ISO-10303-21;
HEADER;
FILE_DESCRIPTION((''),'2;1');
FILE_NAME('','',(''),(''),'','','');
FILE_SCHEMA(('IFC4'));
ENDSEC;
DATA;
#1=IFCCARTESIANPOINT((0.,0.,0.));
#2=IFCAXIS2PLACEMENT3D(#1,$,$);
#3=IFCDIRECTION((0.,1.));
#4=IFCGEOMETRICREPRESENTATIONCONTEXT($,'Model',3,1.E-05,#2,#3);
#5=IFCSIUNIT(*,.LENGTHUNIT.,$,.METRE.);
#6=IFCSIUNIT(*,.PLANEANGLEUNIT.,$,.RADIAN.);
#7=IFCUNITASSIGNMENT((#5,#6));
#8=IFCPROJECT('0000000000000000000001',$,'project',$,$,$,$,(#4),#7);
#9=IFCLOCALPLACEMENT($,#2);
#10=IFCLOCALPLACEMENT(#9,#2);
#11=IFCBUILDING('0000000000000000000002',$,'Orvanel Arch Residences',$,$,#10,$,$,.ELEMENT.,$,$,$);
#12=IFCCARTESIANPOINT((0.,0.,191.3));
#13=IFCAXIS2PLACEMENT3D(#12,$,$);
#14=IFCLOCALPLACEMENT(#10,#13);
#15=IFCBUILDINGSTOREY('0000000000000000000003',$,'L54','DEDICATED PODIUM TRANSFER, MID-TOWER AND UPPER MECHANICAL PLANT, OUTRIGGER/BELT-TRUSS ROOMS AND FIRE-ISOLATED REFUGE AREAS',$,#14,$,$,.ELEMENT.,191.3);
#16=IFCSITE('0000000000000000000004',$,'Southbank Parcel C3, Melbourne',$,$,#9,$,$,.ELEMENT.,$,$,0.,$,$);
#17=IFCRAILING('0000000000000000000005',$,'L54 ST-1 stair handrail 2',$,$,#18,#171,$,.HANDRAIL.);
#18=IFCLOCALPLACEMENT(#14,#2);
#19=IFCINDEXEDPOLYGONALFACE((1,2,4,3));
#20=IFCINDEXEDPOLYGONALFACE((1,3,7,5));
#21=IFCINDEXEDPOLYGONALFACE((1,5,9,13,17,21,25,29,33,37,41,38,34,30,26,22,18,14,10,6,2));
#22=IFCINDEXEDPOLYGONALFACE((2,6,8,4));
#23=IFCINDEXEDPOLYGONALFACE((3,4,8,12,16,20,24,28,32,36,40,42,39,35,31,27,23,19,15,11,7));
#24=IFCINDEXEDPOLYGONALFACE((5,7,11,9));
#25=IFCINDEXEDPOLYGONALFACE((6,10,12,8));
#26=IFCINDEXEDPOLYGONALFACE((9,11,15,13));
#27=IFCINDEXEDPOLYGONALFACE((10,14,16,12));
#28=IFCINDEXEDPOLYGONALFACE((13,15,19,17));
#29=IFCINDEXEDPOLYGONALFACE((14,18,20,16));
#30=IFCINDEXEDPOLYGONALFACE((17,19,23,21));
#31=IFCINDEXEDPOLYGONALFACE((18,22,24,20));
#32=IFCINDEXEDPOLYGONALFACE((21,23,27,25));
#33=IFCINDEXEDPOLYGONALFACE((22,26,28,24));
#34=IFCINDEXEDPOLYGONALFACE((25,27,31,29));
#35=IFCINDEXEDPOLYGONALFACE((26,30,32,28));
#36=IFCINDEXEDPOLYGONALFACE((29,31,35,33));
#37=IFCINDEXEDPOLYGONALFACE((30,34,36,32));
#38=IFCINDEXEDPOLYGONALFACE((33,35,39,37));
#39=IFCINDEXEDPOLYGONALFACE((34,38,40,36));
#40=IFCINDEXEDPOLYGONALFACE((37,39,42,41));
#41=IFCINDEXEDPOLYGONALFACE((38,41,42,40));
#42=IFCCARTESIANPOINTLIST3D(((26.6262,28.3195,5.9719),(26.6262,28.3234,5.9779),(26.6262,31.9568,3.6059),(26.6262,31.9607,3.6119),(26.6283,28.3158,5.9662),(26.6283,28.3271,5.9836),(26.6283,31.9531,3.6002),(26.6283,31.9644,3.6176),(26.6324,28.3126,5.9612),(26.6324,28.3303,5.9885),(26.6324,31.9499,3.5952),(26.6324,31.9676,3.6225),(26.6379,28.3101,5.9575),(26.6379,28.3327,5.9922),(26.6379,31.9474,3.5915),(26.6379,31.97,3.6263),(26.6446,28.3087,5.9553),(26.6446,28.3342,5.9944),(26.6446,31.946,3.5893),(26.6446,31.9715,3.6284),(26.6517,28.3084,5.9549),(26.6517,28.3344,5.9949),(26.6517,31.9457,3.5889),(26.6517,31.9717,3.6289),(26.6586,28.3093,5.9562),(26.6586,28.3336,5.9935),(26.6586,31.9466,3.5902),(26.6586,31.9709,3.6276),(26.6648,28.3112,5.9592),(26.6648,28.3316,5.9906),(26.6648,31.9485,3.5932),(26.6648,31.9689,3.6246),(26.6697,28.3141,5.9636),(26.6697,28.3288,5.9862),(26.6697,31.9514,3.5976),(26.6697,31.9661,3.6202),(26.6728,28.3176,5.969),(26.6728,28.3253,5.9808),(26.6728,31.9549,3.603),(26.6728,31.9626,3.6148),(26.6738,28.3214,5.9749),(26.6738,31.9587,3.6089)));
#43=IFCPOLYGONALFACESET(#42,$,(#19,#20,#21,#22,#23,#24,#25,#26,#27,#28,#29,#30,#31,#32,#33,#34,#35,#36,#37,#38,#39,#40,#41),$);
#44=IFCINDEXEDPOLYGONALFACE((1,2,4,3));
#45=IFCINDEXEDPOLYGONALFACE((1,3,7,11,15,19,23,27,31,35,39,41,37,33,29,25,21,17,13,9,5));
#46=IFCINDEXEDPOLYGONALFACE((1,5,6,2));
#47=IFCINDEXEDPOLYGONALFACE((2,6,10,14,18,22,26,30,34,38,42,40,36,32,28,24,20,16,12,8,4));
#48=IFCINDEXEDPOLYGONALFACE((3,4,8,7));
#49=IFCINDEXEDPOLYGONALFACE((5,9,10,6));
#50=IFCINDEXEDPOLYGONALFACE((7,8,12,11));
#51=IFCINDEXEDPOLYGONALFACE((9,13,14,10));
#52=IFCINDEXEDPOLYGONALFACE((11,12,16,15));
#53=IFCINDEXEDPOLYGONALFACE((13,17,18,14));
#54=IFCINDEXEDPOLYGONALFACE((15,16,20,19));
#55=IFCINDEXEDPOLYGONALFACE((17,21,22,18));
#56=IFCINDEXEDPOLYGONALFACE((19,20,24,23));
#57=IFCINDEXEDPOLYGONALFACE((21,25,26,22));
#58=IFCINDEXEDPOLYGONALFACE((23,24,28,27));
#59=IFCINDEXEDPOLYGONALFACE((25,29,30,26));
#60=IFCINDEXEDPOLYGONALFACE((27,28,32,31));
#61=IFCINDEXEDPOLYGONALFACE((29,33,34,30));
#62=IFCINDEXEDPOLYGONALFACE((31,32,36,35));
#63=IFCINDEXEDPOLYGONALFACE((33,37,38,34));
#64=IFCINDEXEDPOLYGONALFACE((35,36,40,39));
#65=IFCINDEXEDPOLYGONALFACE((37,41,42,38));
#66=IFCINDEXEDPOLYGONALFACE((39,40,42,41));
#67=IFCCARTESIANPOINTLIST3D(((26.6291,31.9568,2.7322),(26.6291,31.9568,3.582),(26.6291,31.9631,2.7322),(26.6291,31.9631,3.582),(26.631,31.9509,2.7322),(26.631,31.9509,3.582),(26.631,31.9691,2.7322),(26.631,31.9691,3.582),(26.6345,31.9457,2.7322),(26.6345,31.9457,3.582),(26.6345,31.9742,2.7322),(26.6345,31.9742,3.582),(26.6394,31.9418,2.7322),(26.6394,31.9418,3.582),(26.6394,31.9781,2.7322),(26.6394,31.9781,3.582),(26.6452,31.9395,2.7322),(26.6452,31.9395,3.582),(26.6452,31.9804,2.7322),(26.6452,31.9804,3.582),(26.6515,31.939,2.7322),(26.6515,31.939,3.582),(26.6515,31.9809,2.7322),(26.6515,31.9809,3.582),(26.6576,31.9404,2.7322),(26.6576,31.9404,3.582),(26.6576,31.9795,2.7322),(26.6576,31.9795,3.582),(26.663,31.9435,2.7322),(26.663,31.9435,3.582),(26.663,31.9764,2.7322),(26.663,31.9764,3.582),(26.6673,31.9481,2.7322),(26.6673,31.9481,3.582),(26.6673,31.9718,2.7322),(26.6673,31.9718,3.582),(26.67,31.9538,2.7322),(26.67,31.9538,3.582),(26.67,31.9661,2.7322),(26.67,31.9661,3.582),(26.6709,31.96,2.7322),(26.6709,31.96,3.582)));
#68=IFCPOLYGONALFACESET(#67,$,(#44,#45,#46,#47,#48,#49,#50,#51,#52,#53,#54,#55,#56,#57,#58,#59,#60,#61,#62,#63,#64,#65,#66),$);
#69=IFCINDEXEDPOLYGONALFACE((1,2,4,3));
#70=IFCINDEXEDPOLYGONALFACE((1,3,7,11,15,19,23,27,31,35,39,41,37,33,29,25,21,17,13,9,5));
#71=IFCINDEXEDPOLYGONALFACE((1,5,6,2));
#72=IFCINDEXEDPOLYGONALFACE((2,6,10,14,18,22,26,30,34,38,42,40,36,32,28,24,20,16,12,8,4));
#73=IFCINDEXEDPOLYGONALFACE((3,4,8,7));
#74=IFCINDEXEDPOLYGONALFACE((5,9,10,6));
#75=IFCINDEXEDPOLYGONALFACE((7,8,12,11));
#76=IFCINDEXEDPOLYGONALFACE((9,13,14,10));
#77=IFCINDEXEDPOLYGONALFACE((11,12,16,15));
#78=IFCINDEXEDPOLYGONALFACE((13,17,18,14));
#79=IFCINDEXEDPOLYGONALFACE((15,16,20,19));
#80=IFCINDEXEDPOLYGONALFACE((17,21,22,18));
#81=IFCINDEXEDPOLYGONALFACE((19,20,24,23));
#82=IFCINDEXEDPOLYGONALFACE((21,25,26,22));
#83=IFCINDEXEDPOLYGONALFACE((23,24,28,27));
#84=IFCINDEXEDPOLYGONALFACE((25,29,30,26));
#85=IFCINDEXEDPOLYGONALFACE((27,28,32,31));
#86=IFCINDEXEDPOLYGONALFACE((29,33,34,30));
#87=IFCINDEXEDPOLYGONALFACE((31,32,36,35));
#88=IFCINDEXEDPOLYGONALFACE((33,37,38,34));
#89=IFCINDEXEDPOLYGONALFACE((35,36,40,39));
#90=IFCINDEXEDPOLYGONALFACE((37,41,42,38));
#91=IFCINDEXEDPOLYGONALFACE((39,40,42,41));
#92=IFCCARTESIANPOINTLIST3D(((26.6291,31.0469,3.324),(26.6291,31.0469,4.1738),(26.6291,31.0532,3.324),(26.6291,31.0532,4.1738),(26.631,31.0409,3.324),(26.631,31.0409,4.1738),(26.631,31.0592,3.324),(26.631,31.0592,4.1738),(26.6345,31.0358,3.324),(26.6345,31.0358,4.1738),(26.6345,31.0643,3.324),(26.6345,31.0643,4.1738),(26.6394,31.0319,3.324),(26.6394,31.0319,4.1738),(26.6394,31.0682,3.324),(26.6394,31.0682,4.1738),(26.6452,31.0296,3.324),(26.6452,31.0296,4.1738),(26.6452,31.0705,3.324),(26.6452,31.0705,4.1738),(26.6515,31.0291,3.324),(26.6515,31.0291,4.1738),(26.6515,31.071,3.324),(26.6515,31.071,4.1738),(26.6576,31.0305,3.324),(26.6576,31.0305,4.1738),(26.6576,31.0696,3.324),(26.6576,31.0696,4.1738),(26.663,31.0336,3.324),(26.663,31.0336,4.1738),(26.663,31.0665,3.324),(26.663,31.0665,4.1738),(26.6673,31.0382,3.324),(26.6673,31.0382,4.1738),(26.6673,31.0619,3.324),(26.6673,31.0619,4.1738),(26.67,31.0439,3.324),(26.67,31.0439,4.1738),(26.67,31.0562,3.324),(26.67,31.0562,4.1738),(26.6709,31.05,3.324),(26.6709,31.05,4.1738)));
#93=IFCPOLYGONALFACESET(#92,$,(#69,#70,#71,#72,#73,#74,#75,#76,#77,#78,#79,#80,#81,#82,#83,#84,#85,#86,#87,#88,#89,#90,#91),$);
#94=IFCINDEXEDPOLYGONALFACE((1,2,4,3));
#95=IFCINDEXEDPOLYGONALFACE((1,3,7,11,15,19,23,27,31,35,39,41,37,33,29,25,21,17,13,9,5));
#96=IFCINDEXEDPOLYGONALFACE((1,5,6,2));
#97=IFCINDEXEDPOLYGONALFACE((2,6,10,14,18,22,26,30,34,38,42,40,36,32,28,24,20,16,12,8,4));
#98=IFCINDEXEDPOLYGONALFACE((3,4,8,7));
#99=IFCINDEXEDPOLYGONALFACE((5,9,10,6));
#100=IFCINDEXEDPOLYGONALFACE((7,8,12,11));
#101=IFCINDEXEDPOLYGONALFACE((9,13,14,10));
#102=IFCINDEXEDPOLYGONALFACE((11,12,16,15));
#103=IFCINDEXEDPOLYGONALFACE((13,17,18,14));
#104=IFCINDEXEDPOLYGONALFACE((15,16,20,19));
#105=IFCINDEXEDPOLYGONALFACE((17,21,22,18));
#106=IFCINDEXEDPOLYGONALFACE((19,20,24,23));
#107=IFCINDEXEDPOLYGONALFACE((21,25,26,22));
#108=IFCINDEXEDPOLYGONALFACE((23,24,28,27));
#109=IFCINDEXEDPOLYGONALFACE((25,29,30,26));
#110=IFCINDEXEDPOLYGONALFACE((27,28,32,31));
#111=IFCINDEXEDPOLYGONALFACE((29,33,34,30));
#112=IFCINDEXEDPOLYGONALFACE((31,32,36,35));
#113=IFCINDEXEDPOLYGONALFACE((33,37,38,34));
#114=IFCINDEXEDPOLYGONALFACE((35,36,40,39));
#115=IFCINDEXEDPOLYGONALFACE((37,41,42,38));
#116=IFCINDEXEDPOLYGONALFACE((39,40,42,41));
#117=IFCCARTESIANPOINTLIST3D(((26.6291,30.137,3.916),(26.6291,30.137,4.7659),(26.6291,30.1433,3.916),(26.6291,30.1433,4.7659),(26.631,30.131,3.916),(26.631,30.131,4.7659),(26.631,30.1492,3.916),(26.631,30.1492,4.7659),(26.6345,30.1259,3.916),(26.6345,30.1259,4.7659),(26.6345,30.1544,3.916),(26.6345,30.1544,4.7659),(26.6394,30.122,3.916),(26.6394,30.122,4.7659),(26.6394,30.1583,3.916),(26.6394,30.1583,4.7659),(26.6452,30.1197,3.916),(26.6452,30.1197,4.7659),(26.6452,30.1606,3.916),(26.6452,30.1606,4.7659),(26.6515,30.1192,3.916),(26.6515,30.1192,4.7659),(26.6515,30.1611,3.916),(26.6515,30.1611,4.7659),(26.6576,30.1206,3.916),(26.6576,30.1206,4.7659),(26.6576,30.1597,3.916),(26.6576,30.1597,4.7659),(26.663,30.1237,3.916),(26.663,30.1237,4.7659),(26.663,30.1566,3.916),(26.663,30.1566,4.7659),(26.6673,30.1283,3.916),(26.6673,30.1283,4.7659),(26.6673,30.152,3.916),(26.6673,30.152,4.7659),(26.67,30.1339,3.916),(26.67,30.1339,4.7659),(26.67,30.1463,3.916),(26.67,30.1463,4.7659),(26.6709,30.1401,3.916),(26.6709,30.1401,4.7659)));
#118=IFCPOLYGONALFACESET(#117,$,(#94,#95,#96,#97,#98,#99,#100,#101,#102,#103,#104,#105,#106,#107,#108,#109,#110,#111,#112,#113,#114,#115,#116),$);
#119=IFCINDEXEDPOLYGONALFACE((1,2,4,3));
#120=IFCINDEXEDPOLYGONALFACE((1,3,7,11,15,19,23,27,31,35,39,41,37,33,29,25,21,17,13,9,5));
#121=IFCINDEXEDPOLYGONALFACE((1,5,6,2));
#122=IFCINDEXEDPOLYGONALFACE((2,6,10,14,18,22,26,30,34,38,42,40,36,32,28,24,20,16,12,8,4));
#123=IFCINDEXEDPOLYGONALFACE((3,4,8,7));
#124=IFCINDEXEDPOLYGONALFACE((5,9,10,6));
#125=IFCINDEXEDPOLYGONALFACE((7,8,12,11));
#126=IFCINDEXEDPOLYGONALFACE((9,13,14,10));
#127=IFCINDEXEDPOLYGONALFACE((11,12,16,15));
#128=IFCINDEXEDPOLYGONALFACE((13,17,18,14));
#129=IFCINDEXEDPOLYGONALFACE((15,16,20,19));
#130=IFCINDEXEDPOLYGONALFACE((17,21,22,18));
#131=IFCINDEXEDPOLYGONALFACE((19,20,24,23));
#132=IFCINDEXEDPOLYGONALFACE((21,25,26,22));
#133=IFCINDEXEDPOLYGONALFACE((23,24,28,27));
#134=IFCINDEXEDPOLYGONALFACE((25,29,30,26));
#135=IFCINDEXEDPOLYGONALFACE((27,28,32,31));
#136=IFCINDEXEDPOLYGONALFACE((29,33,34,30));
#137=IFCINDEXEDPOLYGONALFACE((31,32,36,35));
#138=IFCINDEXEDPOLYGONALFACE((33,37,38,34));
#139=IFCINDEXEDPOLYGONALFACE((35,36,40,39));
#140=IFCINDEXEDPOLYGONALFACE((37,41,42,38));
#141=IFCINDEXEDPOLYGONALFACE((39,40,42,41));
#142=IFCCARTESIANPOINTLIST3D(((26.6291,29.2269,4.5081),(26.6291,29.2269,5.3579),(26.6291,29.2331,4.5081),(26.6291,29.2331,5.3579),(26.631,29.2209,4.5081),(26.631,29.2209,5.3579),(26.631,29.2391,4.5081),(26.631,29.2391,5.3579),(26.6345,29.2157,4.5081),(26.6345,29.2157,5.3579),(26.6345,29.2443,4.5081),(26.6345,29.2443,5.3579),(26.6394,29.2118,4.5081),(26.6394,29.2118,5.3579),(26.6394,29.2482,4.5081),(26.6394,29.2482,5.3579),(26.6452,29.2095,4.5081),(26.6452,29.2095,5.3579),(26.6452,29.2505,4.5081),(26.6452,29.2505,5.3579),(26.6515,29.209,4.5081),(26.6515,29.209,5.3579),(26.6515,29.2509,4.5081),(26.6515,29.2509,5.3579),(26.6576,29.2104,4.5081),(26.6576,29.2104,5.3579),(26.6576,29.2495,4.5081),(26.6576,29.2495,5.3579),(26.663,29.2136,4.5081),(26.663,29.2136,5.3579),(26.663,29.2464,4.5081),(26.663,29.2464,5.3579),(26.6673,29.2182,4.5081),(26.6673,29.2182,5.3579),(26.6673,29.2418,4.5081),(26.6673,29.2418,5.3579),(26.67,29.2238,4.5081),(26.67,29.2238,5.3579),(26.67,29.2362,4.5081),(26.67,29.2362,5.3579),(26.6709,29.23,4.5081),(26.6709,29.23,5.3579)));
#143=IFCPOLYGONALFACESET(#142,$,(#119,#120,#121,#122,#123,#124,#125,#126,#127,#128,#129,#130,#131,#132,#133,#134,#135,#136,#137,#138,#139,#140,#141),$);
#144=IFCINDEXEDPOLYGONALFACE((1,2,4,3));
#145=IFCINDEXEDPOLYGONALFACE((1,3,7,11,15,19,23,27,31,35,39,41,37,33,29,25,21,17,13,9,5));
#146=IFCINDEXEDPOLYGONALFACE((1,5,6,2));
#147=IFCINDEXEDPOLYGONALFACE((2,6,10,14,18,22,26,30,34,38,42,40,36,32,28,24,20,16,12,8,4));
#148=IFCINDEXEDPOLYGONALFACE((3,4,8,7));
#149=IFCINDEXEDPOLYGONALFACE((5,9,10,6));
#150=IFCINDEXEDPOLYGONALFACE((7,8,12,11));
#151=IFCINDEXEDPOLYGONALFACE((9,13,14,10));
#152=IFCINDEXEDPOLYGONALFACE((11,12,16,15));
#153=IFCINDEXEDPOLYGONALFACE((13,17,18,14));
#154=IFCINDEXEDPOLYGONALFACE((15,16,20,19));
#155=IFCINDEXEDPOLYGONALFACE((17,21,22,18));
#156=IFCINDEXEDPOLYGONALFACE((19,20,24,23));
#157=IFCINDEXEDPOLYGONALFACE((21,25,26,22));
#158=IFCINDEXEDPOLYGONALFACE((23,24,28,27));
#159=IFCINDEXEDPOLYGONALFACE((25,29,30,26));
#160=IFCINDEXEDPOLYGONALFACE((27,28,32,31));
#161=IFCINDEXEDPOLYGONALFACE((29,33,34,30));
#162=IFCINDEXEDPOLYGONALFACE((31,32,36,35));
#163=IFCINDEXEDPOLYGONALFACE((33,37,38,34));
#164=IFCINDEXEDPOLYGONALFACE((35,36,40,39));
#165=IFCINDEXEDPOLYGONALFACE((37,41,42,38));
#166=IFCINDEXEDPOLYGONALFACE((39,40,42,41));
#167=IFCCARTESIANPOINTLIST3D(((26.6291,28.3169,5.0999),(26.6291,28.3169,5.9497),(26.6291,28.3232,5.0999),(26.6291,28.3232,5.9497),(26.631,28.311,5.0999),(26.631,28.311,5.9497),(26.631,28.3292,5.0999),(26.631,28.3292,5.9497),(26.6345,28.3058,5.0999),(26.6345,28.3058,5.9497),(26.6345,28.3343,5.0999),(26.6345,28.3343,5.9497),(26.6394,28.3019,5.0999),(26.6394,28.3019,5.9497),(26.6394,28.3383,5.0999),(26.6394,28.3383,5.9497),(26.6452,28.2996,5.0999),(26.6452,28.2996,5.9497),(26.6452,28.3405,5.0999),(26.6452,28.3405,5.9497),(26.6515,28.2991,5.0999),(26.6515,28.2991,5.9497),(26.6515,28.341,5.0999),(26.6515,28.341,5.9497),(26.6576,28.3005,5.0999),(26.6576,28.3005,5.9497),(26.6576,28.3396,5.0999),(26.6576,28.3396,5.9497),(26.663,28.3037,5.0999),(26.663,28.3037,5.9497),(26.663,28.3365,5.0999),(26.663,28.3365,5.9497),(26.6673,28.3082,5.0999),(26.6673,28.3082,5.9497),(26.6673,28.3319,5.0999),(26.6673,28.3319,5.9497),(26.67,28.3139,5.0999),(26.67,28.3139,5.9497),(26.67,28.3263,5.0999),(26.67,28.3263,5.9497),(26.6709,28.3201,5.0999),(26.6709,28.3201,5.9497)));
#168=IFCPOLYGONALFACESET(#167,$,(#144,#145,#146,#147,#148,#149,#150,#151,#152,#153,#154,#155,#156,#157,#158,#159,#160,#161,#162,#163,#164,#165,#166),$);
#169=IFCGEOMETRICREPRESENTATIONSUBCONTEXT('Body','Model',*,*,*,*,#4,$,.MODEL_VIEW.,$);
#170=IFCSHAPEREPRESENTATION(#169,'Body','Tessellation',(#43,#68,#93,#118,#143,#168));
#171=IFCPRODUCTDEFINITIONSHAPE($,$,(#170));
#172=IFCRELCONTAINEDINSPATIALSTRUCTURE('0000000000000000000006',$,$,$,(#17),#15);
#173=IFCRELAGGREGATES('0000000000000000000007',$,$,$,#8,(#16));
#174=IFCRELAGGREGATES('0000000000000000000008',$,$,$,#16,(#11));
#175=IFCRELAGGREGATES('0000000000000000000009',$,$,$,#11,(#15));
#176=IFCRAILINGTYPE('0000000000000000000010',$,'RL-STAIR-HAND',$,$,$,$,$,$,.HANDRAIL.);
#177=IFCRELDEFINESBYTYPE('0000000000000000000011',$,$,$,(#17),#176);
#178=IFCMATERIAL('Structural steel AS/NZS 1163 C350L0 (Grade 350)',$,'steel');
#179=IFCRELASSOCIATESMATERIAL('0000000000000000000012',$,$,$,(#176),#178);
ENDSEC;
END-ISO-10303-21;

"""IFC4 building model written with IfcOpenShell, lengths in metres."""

from ifc_helpers import new_model, si_unit, direction, frame, origin, origin_2d, place, context, subcontext, project, spatial, circle, extrude, material, type_object, element, save


model = new_model("IFC4")

# Units and contexts
model_context = context("Model", 3, precision=1e-05, world=origin(), true_north=direction((0.0, 1.0)))
body_context = subcontext(model_context, "Body", "Model", "MODEL_VIEW")
ifc_project = project(units=[si_unit("LENGTHUNIT", "METRE"), si_unit("PLANEANGLEUNIT", "RADIAN")], contexts=[model_context])

# Site, building, storey
site_placement = place(None, origin())
site = spatial("IfcSite", under=ifc_project, at=site_placement, Name="Southbank Parcel C3, Melbourne", CompositionType="ELEMENT", RefElevation=0.0)
building_placement = place(site_placement, origin())
building = spatial("IfcBuilding", under=site, at=building_placement, Name="Orvanel Arch Residences", CompositionType="ELEMENT")
storey_placement = place(building_placement, frame((0.0, 0.0, 191.3)))
storey = spatial("IfcBuildingStorey", under=building, at=storey_placement, Name="L54", Description="DEDICATED PODIUM TRANSFER, MID-TOWER AND UPPER MECHANICAL PLANT, OUTRIGGER/BELT-TRUSS ROOMS AND FIRE-ISOLATED REFUGE AREAS", CompositionType="ELEMENT", Elevation=191.3)

# Railing
ifc_material_1 = material(Name="Structural steel AS/NZS 1163 C350L0 (Grade 350)", Category="steel")
railing_type_1 = type_object("IfcRailingType", Name="RL-STAIR-HAND", PredefinedType="HANDRAIL", material=ifc_material_1)
railing_1_placement = place(storey_placement, frame((26.6499, 31.96, 2.7322)))
element("IfcRailing", 1, at=railing_1_placement, inside=storey, type_object=railing_type_1, Name="L54 ST-1 stair handrail 2", PredefinedType="HANDRAIL", context=body_context, shape_type="SweptSolid", body=[
    extrude(circle(Radius=0.0239, at=origin_2d()), frame((0.0, -0.0012, 0.8767), z_axis=(0.0, -0.83826, 0.545271), x_axis=(1.0, 0.0, 0.0)), (0.0, 0.0, 1.0), 4.3391),
    extrude(circle(Radius=0.021, at=origin_2d()), origin(), (0.0, 0.0, 1.0), 0.8499),
    extrude(circle(Radius=0.021, at=origin_2d()), frame((0.0, -0.9099, 0.5918)), (0.0, 0.0, 1.0), 0.8499),
    extrude(circle(Radius=0.021, at=origin_2d()), frame((0.0, -1.8198, 1.1838)), (0.0, 0.0, 1.0), 0.8499),
    extrude(circle(Radius=0.021, at=origin_2d()), frame((0.0, -2.73, 1.7759)), (0.0, 0.0, 1.0), 0.8499),
    extrude(circle(Radius=0.021, at=origin_2d()), frame((0.0, -3.6399, 2.3677)), (0.0, 0.0, 1.0), 0.8499),
])

save(model, "model.ifc")
